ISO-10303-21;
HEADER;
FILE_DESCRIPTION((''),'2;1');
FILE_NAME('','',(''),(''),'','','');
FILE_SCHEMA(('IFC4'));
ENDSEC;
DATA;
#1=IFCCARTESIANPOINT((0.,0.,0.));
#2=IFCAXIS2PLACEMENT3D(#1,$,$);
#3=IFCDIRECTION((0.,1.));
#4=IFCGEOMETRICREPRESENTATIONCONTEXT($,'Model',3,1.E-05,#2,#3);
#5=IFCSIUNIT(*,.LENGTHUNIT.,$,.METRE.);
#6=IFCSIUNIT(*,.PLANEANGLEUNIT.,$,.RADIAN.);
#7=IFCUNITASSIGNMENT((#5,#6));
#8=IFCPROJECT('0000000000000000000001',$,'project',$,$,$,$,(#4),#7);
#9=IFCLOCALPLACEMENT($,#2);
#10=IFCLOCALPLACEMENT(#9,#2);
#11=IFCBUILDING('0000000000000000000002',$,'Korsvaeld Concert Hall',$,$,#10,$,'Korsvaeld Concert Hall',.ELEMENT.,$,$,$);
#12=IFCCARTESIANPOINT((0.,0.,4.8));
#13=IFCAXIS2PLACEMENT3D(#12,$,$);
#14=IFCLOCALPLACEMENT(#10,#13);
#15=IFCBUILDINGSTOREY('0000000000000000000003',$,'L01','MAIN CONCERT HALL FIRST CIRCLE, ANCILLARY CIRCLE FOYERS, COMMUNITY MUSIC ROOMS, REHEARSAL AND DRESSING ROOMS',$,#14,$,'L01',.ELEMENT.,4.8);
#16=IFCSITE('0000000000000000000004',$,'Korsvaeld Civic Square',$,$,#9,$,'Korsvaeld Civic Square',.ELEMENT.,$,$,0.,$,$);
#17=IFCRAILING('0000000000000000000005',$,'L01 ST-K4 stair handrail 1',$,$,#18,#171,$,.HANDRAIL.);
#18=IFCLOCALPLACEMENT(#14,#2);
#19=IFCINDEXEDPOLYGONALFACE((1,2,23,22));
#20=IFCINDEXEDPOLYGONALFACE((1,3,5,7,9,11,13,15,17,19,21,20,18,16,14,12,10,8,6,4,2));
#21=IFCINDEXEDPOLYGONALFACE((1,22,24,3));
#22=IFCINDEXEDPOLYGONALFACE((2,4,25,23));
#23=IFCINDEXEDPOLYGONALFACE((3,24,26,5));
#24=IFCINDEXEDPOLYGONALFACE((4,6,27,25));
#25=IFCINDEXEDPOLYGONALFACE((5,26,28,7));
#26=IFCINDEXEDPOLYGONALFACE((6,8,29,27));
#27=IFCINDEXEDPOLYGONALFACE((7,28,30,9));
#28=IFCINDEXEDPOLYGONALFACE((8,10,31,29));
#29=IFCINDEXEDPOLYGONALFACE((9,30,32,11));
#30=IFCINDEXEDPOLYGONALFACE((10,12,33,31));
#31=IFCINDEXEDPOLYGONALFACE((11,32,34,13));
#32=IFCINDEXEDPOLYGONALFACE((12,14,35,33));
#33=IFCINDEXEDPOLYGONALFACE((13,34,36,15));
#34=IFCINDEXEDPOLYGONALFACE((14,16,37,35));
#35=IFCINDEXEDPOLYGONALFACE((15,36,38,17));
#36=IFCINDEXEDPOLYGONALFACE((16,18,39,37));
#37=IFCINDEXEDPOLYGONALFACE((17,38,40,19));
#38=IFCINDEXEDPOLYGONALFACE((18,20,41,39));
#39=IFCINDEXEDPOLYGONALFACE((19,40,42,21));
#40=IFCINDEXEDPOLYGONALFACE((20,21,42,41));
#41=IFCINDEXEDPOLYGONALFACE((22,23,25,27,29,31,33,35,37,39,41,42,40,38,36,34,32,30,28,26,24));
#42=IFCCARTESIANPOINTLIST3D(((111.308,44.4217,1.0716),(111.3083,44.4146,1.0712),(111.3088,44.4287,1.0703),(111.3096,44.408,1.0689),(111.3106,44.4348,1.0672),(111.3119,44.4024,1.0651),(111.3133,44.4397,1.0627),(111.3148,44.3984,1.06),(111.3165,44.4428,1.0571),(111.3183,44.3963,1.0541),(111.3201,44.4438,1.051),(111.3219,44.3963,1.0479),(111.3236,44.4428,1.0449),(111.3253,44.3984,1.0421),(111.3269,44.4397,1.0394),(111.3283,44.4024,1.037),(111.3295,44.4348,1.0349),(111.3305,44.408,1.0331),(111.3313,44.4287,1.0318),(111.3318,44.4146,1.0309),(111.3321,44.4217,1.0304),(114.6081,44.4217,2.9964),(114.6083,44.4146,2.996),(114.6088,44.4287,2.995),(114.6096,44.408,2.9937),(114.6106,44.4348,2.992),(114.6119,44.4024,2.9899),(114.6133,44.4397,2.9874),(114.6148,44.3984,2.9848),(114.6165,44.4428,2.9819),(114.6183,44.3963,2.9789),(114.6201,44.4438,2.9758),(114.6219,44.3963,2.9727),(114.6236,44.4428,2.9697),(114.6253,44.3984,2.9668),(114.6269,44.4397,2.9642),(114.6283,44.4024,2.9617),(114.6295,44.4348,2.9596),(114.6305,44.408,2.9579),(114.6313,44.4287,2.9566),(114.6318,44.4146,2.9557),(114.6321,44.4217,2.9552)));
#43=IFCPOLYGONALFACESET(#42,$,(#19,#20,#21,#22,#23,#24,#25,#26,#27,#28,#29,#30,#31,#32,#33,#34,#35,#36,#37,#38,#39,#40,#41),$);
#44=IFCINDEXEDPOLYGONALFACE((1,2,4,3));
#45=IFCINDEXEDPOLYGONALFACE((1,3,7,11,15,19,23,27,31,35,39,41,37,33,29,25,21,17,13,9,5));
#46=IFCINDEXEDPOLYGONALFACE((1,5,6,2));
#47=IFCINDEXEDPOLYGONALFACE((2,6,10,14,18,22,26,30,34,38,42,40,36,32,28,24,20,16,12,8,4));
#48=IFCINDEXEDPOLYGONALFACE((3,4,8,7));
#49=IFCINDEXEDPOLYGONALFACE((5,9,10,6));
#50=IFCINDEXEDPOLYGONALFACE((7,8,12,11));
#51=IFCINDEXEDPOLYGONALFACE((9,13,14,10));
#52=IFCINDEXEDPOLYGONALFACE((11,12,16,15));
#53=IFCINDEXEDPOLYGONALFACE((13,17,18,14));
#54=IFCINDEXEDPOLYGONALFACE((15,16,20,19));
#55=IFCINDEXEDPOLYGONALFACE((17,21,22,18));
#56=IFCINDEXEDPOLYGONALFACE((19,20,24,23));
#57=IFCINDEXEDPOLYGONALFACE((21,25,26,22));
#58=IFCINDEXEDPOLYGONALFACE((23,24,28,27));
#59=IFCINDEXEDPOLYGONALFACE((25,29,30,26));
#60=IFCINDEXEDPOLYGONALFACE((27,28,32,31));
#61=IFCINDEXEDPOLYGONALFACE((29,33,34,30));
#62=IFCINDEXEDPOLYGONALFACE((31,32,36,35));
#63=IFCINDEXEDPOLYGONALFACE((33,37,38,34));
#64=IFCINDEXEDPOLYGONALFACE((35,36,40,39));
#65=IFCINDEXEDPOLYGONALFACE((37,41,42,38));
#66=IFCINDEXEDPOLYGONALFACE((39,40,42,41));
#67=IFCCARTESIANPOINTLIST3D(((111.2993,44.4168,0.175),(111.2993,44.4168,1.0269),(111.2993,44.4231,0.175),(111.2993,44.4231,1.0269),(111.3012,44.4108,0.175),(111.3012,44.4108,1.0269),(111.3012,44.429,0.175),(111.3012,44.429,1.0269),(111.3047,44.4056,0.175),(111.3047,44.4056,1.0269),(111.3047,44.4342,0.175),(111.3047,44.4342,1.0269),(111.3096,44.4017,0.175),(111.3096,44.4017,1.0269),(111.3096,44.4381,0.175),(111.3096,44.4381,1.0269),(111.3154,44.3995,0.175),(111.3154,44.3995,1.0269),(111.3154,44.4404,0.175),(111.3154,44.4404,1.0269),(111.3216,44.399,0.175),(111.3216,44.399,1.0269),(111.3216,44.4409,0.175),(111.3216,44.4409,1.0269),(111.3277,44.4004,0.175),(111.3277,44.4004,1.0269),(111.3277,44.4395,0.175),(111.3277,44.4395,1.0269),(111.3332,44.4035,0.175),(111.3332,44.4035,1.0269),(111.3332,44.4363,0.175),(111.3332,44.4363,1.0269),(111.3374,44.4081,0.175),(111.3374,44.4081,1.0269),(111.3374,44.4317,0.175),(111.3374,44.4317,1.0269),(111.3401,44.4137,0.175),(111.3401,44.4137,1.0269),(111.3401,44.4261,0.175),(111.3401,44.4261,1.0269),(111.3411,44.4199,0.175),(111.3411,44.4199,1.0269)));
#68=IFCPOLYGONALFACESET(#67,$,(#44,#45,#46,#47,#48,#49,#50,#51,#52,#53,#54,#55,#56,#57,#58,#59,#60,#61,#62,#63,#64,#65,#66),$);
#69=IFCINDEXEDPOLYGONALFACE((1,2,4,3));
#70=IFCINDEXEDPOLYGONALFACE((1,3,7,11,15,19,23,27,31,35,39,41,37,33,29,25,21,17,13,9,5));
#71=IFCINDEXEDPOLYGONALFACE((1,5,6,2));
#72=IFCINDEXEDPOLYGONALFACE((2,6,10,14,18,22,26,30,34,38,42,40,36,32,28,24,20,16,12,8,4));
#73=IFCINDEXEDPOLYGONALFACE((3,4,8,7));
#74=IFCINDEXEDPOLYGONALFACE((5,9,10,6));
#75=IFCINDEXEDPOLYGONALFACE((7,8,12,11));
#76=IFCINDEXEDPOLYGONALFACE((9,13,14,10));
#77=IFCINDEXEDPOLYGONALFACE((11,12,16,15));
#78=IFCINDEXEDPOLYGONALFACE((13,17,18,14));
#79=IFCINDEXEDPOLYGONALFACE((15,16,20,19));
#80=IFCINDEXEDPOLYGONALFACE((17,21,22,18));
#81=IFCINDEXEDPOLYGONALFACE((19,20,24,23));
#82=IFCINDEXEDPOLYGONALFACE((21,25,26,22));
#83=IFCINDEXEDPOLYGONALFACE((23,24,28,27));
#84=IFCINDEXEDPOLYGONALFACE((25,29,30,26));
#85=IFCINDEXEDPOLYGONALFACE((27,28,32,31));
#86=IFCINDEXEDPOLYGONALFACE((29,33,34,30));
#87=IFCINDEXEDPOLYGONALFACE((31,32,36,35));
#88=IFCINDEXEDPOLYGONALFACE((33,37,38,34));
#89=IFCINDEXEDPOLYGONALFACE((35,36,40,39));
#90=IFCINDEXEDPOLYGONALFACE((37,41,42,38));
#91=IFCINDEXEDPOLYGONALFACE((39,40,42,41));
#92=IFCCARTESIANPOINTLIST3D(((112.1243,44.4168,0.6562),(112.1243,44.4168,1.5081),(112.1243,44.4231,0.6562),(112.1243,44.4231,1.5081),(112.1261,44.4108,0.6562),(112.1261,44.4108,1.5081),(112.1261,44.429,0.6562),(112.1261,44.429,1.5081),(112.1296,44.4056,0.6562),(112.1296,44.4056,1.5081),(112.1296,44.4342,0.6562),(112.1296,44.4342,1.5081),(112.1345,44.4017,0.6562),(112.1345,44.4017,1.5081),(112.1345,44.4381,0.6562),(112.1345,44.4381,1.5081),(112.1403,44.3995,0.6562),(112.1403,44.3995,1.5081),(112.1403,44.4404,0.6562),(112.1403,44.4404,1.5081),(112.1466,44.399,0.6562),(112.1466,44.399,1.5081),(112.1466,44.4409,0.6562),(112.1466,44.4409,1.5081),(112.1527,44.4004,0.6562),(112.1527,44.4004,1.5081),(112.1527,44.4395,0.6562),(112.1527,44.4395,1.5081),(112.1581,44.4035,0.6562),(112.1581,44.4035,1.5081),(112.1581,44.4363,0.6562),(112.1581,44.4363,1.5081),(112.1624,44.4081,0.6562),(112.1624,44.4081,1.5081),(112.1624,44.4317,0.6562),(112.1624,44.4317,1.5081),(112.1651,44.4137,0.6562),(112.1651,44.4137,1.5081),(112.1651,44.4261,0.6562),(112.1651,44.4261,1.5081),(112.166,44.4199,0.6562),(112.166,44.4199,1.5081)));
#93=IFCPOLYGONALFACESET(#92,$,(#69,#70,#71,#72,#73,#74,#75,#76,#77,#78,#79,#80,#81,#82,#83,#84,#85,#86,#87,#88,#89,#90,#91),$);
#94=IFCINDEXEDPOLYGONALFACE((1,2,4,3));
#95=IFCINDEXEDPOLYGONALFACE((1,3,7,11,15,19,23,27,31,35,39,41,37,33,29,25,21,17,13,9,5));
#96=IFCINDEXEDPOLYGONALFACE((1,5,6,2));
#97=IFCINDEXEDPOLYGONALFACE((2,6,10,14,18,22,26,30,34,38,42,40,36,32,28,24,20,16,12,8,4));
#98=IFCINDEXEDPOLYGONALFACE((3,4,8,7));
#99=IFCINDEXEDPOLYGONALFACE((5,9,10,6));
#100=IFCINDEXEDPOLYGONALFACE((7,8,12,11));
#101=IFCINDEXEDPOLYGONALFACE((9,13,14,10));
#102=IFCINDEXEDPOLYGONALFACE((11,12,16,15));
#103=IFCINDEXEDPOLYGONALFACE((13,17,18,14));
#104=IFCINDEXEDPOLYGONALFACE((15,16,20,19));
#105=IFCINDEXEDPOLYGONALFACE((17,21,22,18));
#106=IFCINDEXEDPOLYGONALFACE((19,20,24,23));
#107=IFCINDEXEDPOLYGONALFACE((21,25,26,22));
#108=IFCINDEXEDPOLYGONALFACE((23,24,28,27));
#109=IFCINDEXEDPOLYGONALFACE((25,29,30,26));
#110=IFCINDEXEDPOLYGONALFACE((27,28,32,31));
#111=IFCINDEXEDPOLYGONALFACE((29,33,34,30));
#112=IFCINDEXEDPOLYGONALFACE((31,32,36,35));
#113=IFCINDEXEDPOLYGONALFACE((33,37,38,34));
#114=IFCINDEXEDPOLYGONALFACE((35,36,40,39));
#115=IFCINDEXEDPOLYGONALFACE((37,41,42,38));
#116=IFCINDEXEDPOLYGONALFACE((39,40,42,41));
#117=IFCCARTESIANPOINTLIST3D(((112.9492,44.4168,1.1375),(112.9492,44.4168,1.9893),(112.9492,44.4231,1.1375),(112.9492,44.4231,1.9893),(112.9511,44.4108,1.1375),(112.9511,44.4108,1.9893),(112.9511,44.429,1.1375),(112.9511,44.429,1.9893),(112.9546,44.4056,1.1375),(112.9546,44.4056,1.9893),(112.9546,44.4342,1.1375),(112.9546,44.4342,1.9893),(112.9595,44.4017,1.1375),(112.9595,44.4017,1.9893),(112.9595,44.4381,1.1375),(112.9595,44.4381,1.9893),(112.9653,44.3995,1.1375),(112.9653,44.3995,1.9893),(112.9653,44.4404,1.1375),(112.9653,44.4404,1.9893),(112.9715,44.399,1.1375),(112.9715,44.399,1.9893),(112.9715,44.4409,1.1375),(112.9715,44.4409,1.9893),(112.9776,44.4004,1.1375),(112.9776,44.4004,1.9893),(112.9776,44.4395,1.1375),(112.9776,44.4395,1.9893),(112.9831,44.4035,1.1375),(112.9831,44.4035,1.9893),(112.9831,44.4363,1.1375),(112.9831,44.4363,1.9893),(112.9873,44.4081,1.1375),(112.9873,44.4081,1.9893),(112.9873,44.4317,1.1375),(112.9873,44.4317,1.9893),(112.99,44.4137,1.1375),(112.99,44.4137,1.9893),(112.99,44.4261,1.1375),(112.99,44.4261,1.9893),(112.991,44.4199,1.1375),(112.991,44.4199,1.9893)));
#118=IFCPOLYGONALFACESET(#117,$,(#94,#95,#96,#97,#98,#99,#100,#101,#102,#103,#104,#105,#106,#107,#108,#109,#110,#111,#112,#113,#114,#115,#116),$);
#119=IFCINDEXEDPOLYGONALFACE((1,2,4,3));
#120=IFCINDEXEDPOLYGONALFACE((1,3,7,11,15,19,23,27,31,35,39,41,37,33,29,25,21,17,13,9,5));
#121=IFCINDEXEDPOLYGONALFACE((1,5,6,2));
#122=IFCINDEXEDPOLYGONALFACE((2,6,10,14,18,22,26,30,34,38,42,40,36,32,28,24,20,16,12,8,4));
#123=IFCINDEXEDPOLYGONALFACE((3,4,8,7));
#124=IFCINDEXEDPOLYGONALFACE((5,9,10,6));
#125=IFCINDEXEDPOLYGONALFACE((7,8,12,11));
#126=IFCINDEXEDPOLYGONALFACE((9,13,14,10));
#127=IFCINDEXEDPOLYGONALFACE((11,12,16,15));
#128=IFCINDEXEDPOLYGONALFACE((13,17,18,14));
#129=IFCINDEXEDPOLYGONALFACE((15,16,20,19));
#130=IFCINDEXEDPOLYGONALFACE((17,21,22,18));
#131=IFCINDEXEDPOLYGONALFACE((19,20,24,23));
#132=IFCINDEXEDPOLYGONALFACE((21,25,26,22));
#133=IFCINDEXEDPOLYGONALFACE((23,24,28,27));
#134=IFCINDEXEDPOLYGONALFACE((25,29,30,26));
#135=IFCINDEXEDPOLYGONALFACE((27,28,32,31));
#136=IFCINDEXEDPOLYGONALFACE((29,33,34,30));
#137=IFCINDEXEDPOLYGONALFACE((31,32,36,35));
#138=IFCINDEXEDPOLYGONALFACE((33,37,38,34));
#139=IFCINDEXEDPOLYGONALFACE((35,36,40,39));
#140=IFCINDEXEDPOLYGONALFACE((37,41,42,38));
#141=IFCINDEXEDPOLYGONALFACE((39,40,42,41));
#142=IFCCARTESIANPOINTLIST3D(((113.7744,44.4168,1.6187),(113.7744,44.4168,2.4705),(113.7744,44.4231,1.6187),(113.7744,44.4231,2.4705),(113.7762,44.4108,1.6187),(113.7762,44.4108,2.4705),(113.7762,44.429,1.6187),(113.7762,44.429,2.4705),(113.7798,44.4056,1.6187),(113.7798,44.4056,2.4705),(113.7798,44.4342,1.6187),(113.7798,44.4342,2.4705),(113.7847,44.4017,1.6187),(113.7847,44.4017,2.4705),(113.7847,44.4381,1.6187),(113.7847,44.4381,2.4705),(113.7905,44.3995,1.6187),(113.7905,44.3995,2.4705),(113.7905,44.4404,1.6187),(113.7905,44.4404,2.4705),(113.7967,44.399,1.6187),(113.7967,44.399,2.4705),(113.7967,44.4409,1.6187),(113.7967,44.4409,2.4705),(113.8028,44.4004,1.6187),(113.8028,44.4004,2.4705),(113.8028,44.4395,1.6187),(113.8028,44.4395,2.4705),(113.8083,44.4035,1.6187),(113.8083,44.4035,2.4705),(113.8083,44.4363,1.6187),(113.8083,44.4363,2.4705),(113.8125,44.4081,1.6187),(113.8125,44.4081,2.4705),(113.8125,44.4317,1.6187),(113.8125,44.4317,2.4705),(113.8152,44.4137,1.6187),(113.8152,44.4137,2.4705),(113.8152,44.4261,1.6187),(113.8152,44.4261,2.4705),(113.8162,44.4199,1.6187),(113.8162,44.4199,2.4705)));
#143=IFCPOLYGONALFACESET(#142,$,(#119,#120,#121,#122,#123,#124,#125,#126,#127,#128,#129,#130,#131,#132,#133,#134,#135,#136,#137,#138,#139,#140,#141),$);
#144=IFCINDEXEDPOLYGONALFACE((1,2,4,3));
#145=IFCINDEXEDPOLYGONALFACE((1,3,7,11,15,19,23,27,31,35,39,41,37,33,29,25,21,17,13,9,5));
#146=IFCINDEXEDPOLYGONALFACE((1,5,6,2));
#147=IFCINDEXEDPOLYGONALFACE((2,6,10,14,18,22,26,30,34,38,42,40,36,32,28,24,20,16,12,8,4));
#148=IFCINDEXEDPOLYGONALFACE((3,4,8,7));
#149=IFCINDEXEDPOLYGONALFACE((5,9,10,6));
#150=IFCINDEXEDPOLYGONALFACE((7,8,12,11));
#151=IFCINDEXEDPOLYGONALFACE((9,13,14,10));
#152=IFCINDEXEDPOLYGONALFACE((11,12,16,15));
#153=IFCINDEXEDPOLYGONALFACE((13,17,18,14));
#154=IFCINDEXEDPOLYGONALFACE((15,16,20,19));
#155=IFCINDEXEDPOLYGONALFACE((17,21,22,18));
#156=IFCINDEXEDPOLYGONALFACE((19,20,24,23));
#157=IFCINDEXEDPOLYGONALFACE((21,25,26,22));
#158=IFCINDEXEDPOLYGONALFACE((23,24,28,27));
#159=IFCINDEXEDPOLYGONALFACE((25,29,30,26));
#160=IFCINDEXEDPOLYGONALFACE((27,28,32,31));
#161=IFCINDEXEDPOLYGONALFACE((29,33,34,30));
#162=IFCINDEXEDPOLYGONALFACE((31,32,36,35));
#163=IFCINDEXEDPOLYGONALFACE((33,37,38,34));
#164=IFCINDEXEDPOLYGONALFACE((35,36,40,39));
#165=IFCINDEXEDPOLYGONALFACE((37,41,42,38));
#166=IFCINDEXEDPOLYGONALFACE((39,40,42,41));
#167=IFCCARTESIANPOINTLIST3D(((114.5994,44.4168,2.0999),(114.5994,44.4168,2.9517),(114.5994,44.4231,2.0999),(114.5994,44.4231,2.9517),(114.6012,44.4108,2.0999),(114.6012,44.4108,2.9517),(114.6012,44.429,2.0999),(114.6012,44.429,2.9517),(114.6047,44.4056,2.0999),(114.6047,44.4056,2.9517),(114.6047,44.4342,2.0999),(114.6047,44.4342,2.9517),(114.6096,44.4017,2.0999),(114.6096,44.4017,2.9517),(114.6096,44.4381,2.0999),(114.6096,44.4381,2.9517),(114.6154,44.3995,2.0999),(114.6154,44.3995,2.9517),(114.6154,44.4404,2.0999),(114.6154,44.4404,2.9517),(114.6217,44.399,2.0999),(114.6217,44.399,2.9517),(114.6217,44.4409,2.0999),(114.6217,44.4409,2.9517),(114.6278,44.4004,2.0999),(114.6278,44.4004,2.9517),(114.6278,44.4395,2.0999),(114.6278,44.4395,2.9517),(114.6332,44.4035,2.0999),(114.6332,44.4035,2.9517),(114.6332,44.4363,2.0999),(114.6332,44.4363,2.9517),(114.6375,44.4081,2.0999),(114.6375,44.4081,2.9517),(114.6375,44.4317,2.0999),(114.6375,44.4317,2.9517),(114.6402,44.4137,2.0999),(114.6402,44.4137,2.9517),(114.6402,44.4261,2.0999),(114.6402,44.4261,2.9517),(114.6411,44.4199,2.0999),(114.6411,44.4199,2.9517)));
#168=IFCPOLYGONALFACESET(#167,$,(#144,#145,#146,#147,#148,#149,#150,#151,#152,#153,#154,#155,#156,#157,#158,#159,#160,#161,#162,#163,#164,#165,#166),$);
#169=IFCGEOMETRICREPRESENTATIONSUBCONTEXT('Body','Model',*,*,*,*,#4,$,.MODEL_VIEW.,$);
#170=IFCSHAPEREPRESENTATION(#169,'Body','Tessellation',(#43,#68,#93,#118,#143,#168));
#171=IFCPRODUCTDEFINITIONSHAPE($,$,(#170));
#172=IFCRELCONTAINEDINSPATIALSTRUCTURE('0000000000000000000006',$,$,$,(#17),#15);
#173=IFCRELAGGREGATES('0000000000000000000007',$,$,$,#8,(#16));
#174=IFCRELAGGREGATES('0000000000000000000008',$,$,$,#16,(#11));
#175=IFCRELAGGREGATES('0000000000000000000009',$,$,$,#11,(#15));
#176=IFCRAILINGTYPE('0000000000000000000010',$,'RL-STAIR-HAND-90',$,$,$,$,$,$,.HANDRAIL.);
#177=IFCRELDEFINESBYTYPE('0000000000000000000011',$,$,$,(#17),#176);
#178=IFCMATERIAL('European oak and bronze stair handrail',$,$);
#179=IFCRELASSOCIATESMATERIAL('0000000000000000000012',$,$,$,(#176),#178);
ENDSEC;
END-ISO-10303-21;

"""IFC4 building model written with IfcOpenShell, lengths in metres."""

from ifc_helpers import new_model, si_unit, direction, frame, origin, origin_2d, place, context, subcontext, project, spatial, circle, extrude, material, type_object, element, save


model = new_model("IFC4")

# Units and contexts
model_context = context("Model", 3, precision=1e-05, world=origin(), true_north=direction((0.0, 1.0)))
body_context = subcontext(model_context, "Body", "Model", "MODEL_VIEW")
ifc_project = project(units=[si_unit("LENGTHUNIT", "METRE"), si_unit("PLANEANGLEUNIT", "RADIAN")], contexts=[model_context])

# Site, building, storey
site_placement = place(None, origin())
site = spatial("IfcSite", under=ifc_project, at=site_placement, Name="Korsvaeld Civic Square", LongName="Korsvaeld Civic Square", CompositionType="ELEMENT", RefElevation=0.0)
building_placement = place(site_placement, origin())
building = spatial("IfcBuilding", under=site, at=building_placement, Name="Korsvaeld Concert Hall", LongName="Korsvaeld Concert Hall", CompositionType="ELEMENT")
storey_placement = place(building_placement, frame((0.0, 0.0, 4.8)))
storey = spatial("IfcBuildingStorey", under=building, at=storey_placement, Name="L01", Description="MAIN CONCERT HALL FIRST CIRCLE, ANCILLARY CIRCLE FOYERS, COMMUNITY MUSIC ROOMS, REHEARSAL AND DRESSING ROOMS", LongName="L01", CompositionType="ELEMENT", Elevation=4.8)

# Railing
ifc_material_1 = material(Name="European oak and bronze stair handrail")
railing_type_1 = type_object("IfcRailingType", Name="RL-STAIR-HAND-90", PredefinedType="HANDRAIL", material=ifc_material_1)
for number, where, name in (
    (1, (111.3201, 44.4199, 0.175), "L01 ST-K4 stair handrail 1"),
):
    element("IfcRailing", number, at=place(storey_placement, frame(where)), inside=storey, type_object=railing_type_1, Name=name, PredefinedType="HANDRAIL", context=body_context, shape_type="SweptSolid", body=[
        extrude(circle(Radius=0.0239, at=origin_2d()), frame((0.0, 0.0, 0.876), z_axis=(0.863804, 0.0, 0.503827), x_axis=(0.0, 1.0, 0.0)), (0.0, 0.0, 1.0), 3.8203),
        extrude(circle(Radius=0.021, at=origin_2d()), origin(), (0.0, 0.0, 1.0), 0.8518),
        extrude(circle(Radius=0.021, at=origin_2d()), frame((0.825, 0.0, 0.4812)), (0.0, 0.0, 1.0), 0.8518),
        extrude(circle(Radius=0.021, at=origin_2d()), frame((1.6499, 0.0, 0.9624)), (0.0, 0.0, 1.0), 0.8518),
        extrude(circle(Radius=0.021, at=origin_2d()), frame((2.4751, 0.0, 1.4436)), (0.0, 0.0, 1.0), 0.8518),
        extrude(circle(Radius=0.021, at=origin_2d()), frame((3.3, 0.0, 1.9248)), (0.0, 0.0, 1.0), 0.8518),
    ])

save(model, "model.ifc")
